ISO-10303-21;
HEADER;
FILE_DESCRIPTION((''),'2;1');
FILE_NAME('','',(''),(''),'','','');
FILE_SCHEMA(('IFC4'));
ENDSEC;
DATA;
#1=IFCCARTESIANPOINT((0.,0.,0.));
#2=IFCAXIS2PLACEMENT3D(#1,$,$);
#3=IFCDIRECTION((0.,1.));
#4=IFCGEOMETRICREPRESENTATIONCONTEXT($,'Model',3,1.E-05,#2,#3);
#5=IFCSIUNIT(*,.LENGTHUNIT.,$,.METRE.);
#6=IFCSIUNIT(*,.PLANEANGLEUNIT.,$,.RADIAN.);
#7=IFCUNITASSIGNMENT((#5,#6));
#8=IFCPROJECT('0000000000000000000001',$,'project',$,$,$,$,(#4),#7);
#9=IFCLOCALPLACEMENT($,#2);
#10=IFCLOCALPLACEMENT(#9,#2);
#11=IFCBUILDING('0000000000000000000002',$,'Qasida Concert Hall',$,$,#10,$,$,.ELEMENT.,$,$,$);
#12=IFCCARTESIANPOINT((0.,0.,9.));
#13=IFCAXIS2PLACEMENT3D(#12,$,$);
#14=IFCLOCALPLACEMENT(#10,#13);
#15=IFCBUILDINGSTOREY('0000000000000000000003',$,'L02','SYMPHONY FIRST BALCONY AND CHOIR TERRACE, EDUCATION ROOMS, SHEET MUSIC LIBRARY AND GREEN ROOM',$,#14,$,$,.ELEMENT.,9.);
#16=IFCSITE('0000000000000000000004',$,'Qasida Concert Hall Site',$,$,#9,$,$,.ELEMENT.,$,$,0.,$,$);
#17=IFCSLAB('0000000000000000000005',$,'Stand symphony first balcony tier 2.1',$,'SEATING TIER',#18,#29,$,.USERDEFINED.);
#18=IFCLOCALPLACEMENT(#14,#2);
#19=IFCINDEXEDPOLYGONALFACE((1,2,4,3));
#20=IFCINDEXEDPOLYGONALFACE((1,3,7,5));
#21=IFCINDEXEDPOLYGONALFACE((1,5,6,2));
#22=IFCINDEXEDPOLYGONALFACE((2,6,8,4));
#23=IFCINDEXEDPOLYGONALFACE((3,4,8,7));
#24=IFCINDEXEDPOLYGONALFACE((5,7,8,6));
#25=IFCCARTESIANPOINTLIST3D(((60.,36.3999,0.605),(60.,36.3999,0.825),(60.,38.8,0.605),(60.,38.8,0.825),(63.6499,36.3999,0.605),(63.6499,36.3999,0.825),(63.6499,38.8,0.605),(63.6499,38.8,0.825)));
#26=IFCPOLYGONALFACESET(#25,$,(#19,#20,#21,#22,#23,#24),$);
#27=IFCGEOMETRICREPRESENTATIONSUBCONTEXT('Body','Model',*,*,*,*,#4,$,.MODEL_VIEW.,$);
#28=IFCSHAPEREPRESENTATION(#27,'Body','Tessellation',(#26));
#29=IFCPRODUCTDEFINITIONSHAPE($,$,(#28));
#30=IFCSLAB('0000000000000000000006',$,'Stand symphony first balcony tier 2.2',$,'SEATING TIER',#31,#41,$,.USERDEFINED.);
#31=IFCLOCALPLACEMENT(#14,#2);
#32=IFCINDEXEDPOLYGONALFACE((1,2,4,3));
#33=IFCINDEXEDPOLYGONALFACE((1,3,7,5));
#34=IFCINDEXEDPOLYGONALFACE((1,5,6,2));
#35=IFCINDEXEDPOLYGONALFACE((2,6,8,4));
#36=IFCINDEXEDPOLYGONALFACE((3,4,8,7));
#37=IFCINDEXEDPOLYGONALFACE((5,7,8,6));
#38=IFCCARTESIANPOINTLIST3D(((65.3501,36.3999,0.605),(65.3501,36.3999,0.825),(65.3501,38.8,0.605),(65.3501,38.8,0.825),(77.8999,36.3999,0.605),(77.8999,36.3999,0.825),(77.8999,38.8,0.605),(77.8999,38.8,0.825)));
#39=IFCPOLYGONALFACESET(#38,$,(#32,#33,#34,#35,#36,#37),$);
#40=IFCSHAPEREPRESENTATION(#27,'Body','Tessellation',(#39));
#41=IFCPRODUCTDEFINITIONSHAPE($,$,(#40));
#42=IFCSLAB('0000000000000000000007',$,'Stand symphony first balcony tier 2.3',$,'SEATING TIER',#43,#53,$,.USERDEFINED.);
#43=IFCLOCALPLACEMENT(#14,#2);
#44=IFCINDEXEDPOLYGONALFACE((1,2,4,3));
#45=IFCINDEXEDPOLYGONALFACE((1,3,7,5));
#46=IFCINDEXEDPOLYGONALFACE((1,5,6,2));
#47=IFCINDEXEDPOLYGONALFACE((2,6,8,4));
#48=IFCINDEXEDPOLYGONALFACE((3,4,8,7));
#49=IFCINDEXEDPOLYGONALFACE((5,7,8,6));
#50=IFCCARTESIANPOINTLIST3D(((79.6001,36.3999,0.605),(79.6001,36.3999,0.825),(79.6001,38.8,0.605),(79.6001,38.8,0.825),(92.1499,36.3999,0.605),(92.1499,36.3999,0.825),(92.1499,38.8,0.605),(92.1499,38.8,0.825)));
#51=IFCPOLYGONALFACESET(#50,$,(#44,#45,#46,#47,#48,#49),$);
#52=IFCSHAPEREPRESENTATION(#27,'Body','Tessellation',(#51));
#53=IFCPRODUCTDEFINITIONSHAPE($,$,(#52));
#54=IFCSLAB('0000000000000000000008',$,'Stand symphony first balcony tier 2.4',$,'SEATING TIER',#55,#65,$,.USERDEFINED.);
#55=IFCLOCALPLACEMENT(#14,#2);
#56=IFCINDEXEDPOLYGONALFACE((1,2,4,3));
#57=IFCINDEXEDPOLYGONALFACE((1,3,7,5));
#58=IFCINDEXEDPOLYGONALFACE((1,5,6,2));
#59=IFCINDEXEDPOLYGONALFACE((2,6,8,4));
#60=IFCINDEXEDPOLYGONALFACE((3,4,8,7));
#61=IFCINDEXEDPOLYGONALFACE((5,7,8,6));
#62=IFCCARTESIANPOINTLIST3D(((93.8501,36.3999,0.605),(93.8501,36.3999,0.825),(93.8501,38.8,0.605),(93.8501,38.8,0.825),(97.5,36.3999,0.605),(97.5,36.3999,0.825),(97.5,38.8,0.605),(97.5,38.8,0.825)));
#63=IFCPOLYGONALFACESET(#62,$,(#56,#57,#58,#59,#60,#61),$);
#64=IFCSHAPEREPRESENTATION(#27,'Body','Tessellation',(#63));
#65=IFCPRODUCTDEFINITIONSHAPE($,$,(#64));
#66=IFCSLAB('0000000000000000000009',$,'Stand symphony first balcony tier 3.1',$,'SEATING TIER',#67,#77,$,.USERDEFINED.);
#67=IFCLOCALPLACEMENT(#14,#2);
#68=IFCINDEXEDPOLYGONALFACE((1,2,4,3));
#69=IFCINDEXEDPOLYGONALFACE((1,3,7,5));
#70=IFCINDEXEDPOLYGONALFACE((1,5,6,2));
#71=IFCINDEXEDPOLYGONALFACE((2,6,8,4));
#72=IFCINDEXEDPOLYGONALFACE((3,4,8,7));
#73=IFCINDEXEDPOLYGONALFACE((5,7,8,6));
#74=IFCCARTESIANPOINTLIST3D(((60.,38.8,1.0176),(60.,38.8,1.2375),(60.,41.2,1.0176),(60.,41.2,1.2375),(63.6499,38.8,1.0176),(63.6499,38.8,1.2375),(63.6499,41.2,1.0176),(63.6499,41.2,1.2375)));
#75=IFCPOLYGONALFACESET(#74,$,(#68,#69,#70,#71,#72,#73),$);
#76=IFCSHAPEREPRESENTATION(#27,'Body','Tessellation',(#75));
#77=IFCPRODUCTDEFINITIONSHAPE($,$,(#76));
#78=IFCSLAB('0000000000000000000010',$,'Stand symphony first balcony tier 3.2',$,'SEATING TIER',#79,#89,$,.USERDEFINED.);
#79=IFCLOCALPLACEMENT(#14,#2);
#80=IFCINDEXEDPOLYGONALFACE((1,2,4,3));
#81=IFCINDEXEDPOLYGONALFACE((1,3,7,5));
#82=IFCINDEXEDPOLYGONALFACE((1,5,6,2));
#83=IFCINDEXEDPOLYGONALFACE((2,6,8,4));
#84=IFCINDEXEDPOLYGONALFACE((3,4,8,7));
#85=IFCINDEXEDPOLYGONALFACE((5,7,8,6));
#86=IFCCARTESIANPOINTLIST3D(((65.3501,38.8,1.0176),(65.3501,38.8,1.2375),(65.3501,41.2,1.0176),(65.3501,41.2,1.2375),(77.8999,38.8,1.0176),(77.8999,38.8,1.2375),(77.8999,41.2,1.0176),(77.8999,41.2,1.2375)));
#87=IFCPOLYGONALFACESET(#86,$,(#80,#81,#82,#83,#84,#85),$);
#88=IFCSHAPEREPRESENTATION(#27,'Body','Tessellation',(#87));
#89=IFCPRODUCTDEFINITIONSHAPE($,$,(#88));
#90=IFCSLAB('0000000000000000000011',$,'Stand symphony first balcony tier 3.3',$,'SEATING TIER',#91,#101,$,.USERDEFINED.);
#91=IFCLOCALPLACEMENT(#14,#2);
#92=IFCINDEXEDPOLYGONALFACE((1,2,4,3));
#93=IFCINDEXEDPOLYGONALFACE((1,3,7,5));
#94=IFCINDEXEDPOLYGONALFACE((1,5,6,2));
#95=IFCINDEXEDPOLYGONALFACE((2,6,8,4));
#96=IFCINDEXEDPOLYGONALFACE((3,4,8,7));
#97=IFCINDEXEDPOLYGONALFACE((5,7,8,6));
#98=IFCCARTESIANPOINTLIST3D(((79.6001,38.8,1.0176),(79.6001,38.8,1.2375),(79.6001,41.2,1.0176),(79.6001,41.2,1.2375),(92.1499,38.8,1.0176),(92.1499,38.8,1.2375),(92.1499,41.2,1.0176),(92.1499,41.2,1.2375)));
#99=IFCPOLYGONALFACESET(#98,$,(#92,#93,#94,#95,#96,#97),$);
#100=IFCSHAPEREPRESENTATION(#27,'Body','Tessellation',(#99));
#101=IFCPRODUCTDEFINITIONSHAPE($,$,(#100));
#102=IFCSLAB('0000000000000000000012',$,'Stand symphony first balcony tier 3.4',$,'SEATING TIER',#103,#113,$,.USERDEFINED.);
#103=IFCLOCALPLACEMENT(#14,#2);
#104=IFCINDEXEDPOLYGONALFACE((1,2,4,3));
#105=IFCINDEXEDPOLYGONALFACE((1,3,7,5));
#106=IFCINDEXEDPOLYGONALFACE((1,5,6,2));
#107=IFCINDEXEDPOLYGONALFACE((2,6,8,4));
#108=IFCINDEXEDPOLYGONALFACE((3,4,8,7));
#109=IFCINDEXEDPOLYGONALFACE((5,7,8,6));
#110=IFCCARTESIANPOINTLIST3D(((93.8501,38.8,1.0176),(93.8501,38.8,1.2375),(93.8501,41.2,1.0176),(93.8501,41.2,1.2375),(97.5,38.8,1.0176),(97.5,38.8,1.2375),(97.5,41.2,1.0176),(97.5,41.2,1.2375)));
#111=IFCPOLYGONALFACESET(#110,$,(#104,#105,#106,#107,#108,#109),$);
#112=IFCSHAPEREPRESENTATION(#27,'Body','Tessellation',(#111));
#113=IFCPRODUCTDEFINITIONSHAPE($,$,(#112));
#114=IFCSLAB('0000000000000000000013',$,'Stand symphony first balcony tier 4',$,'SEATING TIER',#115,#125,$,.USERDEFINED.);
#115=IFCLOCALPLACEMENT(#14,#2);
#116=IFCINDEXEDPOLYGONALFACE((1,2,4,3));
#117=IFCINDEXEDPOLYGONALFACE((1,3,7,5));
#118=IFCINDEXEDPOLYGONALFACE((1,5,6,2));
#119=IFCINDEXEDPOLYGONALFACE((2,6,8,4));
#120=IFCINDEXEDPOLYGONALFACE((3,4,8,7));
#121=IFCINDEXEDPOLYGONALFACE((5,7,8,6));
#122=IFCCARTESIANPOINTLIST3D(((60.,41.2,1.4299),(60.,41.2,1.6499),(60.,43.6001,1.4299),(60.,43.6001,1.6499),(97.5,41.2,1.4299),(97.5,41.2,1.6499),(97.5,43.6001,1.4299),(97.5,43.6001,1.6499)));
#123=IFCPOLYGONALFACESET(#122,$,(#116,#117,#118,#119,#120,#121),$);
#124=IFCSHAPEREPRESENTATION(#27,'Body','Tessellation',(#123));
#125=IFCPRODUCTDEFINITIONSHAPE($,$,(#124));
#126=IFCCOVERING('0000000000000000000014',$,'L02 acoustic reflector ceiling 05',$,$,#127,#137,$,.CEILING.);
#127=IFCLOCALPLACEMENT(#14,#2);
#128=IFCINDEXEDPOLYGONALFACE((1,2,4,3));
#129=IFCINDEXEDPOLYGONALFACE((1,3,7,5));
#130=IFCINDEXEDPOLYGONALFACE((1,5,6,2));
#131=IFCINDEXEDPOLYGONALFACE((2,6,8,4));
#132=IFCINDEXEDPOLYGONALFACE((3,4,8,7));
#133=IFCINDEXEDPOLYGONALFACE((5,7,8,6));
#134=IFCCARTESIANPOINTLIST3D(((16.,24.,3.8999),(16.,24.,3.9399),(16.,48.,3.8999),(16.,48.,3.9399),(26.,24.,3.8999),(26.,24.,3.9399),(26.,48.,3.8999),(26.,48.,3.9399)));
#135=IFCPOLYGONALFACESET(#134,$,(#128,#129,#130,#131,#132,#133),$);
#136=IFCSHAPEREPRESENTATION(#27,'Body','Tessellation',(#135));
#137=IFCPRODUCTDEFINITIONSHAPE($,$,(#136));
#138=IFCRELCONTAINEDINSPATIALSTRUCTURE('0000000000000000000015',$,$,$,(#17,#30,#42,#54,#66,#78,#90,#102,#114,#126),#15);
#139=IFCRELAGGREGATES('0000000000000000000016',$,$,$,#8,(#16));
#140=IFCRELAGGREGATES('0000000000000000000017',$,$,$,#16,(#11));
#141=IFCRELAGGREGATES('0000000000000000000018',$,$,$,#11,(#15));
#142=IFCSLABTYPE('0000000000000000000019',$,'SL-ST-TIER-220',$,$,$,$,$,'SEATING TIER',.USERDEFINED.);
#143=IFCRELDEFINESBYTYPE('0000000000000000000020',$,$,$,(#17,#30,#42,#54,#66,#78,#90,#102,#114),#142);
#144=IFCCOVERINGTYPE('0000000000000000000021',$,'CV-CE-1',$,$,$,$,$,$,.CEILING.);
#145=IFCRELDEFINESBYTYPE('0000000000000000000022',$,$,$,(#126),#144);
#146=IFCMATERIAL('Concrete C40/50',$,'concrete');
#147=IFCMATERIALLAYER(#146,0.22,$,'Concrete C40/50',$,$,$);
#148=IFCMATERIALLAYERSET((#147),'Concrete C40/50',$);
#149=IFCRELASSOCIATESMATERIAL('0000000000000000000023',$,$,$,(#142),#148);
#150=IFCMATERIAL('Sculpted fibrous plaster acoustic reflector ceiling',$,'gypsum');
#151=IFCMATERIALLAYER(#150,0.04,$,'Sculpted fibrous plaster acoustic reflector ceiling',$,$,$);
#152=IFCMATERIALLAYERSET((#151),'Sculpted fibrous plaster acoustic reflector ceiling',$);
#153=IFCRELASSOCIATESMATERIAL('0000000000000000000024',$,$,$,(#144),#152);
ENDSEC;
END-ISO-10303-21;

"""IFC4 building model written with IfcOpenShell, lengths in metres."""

from ifc_helpers import new_model, si_unit, direction, frame, origin, place, context, subcontext, project, spatial, polyline, outline, extrude, material, layer, layer_set, type_object, element, save


model = new_model("IFC4")

# Units and contexts
model_context = context("Model", 3, precision=1e-05, world=origin(), true_north=direction((0.0, 1.0)))
body_context = subcontext(model_context, "Body", "Model", "MODEL_VIEW")
ifc_project = project(units=[si_unit("LENGTHUNIT", "METRE"), si_unit("PLANEANGLEUNIT", "RADIAN")], contexts=[model_context])

# Site, building, storey
site_placement = place(None, origin())
site = spatial("IfcSite", under=ifc_project, at=site_placement, Name="Qasida Concert Hall Site", CompositionType="ELEMENT", RefElevation=0.0)
building_placement = place(site_placement, origin())
building = spatial("IfcBuilding", under=site, at=building_placement, Name="Qasida Concert Hall", CompositionType="ELEMENT")
storey_placement = place(building_placement, frame((0.0, 0.0, 9.0)))
storey = spatial("IfcBuildingStorey", under=building, at=storey_placement, Name="L02", Description="SYMPHONY FIRST BALCONY AND CHOIR TERRACE, EDUCATION ROOMS, SHEET MUSIC LIBRARY AND GREEN ROOM", CompositionType="ELEMENT", Elevation=9.0)

# Shared definitions
ifc_material_1 = material(Name="Concrete C40/50", Category="concrete")

# Slabs
ifc_layer_1 = layer(ifc_material_1, 0.22, Name="Concrete C40/50")
ifc_layer_set_1 = layer_set([ifc_layer_1], Name="Concrete C40/50")
slab_type_1 = type_object("IfcSlabType", Name="SL-ST-TIER-220", ElementType="SEATING TIER", PredefinedType="USERDEFINED", material=ifc_layer_set_1)
slab_1_placement = place(storey_placement, frame((0.0, 0.0, 0.605)))
element("IfcSlab", 1, at=slab_1_placement, inside=storey, type_object=slab_type_1, Name="Stand symphony first balcony tier 2.1", ObjectType="SEATING TIER", PredefinedType="USERDEFINED", context=body_context, shape_type="SweptSolid", body=[
    extrude(outline(polyline([(60.0, 36.3999), (63.6499, 36.3999), (63.6499, 38.8), (60.0, 38.8), (60.0, 36.3999)])), origin(), (0.0, 0.0, 1.0), 0.22),
])
slab_2_placement = place(storey_placement, frame((0.0, 0.0, 0.605)))
element("IfcSlab", 2, at=slab_2_placement, inside=storey, type_object=slab_type_1, Name="Stand symphony first balcony tier 2.2", ObjectType="SEATING TIER", PredefinedType="USERDEFINED", context=body_context, shape_type="SweptSolid", body=[
    extrude(outline(polyline([(65.3501, 36.3999), (77.8999, 36.3999), (77.8999, 38.8), (65.3501, 38.8), (65.3501, 36.3999)])), origin(), (0.0, 0.0, 1.0), 0.22),
])
slab_3_placement = place(storey_placement, frame((0.0, 0.0, 0.605)))
element("IfcSlab", 3, at=slab_3_placement, inside=storey, type_object=slab_type_1, Name="Stand symphony first balcony tier 2.3", ObjectType="SEATING TIER", PredefinedType="USERDEFINED", context=body_context, shape_type="SweptSolid", body=[
    extrude(outline(polyline([(79.6001, 36.3999), (92.1499, 36.3999), (92.1499, 38.8), (79.6001, 38.8), (79.6001, 36.3999)])), origin(), (0.0, 0.0, 1.0), 0.22),
])
slab_4_placement = place(storey_placement, frame((0.0, 0.0, 0.605)))
element("IfcSlab", 4, at=slab_4_placement, inside=storey, type_object=slab_type_1, Name="Stand symphony first balcony tier 2.4", ObjectType="SEATING TIER", PredefinedType="USERDEFINED", context=body_context, shape_type="SweptSolid", body=[
    extrude(outline(polyline([(93.8501, 36.3999), (97.5, 36.3999), (97.5, 38.8), (93.8501, 38.8), (93.8501, 36.3999)])), origin(), (0.0, 0.0, 1.0), 0.22),
])
slab_5_placement = place(storey_placement, frame((0.0, 0.0, 1.0176)))
element("IfcSlab", 5, at=slab_5_placement, inside=storey, type_object=slab_type_1, Name="Stand symphony first balcony tier 3.1", ObjectType="SEATING TIER", PredefinedType="USERDEFINED", context=body_context, shape_type="SweptSolid", body=[
    extrude(outline(polyline([(60.0, 38.8), (63.6499, 38.8), (63.6499, 41.2), (60.0, 41.2), (60.0, 38.8)])), origin(), (0.0, 0.0, 1.0), 0.22),
])
slab_6_placement = place(storey_placement, frame((0.0, 0.0, 1.0176)))
element("IfcSlab", 6, at=slab_6_placement, inside=storey, type_object=slab_type_1, Name="Stand symphony first balcony tier 3.2", ObjectType="SEATING TIER", PredefinedType="USERDEFINED", context=body_context, shape_type="SweptSolid", body=[
    extrude(outline(polyline([(65.3501, 38.8), (77.8999, 38.8), (77.8999, 41.2), (65.3501, 41.2), (65.3501, 38.8)])), origin(), (0.0, 0.0, 1.0), 0.22),
])
slab_7_placement = place(storey_placement, frame((0.0, 0.0, 1.0176)))
element("IfcSlab", 7, at=slab_7_placement, inside=storey, type_object=slab_type_1, Name="Stand symphony first balcony tier 3.3", ObjectType="SEATING TIER", PredefinedType="USERDEFINED", context=body_context, shape_type="SweptSolid", body=[
    extrude(outline(polyline([(79.6001, 38.8), (92.1499, 38.8), (92.1499, 41.2), (79.6001, 41.2), (79.6001, 38.8)])), origin(), (0.0, 0.0, 1.0), 0.22),
])
slab_8_placement = place(storey_placement, frame((0.0, 0.0, 1.0176)))
element("IfcSlab", 8, at=slab_8_placement, inside=storey, type_object=slab_type_1, Name="Stand symphony first balcony tier 3.4", ObjectType="SEATING TIER", PredefinedType="USERDEFINED", context=body_context, shape_type="SweptSolid", body=[
    extrude(outline(polyline([(93.8501, 38.8), (97.5, 38.8), (97.5, 41.2), (93.8501, 41.2), (93.8501, 38.8)])), origin(), (0.0, 0.0, 1.0), 0.22),
])
slab_9_placement = place(storey_placement, frame((0.0, 0.0, 1.4299)))
element("IfcSlab", 9, at=slab_9_placement, inside=storey, type_object=slab_type_1, Name="Stand symphony first balcony tier 4", ObjectType="SEATING TIER", PredefinedType="USERDEFINED", context=body_context, shape_type="SweptSolid", body=[
    extrude(outline(polyline([(60.0, 41.2), (97.5, 41.2), (97.5, 43.6001), (60.0, 43.6001), (60.0, 41.2)])), origin(), (0.0, 0.0, 1.0), 0.22),
])

# Covering
ifc_material_2 = material(Name="Sculpted fibrous plaster acoustic reflector ceiling", Category="gypsum")
ifc_layer_2 = layer(ifc_material_2, 0.04, Name="Sculpted fibrous plaster acoustic reflector ceiling")
ifc_layer_set_2 = layer_set([ifc_layer_2], Name="Sculpted fibrous plaster acoustic reflector ceiling")
covering_type = type_object("IfcCoveringType", Name="CV-CE-1", PredefinedType="CEILING", material=ifc_layer_set_2)
covering_placement = place(storey_placement, frame((0.0, 0.0, 3.8999)))
element("IfcCovering", 10, at=covering_placement, inside=storey, type_object=covering_type, Name="L02 acoustic reflector ceiling 05", PredefinedType="CEILING", context=body_context, shape_type="SweptSolid", body=[
    extrude(outline(polyline([(16.0, 24.0), (26.0, 24.0), (26.0, 48.0), (16.0, 48.0), (16.0, 24.0)])), origin(), (0.0, 0.0, 1.0), 0.04),
])

save(model, "model.ifc")
